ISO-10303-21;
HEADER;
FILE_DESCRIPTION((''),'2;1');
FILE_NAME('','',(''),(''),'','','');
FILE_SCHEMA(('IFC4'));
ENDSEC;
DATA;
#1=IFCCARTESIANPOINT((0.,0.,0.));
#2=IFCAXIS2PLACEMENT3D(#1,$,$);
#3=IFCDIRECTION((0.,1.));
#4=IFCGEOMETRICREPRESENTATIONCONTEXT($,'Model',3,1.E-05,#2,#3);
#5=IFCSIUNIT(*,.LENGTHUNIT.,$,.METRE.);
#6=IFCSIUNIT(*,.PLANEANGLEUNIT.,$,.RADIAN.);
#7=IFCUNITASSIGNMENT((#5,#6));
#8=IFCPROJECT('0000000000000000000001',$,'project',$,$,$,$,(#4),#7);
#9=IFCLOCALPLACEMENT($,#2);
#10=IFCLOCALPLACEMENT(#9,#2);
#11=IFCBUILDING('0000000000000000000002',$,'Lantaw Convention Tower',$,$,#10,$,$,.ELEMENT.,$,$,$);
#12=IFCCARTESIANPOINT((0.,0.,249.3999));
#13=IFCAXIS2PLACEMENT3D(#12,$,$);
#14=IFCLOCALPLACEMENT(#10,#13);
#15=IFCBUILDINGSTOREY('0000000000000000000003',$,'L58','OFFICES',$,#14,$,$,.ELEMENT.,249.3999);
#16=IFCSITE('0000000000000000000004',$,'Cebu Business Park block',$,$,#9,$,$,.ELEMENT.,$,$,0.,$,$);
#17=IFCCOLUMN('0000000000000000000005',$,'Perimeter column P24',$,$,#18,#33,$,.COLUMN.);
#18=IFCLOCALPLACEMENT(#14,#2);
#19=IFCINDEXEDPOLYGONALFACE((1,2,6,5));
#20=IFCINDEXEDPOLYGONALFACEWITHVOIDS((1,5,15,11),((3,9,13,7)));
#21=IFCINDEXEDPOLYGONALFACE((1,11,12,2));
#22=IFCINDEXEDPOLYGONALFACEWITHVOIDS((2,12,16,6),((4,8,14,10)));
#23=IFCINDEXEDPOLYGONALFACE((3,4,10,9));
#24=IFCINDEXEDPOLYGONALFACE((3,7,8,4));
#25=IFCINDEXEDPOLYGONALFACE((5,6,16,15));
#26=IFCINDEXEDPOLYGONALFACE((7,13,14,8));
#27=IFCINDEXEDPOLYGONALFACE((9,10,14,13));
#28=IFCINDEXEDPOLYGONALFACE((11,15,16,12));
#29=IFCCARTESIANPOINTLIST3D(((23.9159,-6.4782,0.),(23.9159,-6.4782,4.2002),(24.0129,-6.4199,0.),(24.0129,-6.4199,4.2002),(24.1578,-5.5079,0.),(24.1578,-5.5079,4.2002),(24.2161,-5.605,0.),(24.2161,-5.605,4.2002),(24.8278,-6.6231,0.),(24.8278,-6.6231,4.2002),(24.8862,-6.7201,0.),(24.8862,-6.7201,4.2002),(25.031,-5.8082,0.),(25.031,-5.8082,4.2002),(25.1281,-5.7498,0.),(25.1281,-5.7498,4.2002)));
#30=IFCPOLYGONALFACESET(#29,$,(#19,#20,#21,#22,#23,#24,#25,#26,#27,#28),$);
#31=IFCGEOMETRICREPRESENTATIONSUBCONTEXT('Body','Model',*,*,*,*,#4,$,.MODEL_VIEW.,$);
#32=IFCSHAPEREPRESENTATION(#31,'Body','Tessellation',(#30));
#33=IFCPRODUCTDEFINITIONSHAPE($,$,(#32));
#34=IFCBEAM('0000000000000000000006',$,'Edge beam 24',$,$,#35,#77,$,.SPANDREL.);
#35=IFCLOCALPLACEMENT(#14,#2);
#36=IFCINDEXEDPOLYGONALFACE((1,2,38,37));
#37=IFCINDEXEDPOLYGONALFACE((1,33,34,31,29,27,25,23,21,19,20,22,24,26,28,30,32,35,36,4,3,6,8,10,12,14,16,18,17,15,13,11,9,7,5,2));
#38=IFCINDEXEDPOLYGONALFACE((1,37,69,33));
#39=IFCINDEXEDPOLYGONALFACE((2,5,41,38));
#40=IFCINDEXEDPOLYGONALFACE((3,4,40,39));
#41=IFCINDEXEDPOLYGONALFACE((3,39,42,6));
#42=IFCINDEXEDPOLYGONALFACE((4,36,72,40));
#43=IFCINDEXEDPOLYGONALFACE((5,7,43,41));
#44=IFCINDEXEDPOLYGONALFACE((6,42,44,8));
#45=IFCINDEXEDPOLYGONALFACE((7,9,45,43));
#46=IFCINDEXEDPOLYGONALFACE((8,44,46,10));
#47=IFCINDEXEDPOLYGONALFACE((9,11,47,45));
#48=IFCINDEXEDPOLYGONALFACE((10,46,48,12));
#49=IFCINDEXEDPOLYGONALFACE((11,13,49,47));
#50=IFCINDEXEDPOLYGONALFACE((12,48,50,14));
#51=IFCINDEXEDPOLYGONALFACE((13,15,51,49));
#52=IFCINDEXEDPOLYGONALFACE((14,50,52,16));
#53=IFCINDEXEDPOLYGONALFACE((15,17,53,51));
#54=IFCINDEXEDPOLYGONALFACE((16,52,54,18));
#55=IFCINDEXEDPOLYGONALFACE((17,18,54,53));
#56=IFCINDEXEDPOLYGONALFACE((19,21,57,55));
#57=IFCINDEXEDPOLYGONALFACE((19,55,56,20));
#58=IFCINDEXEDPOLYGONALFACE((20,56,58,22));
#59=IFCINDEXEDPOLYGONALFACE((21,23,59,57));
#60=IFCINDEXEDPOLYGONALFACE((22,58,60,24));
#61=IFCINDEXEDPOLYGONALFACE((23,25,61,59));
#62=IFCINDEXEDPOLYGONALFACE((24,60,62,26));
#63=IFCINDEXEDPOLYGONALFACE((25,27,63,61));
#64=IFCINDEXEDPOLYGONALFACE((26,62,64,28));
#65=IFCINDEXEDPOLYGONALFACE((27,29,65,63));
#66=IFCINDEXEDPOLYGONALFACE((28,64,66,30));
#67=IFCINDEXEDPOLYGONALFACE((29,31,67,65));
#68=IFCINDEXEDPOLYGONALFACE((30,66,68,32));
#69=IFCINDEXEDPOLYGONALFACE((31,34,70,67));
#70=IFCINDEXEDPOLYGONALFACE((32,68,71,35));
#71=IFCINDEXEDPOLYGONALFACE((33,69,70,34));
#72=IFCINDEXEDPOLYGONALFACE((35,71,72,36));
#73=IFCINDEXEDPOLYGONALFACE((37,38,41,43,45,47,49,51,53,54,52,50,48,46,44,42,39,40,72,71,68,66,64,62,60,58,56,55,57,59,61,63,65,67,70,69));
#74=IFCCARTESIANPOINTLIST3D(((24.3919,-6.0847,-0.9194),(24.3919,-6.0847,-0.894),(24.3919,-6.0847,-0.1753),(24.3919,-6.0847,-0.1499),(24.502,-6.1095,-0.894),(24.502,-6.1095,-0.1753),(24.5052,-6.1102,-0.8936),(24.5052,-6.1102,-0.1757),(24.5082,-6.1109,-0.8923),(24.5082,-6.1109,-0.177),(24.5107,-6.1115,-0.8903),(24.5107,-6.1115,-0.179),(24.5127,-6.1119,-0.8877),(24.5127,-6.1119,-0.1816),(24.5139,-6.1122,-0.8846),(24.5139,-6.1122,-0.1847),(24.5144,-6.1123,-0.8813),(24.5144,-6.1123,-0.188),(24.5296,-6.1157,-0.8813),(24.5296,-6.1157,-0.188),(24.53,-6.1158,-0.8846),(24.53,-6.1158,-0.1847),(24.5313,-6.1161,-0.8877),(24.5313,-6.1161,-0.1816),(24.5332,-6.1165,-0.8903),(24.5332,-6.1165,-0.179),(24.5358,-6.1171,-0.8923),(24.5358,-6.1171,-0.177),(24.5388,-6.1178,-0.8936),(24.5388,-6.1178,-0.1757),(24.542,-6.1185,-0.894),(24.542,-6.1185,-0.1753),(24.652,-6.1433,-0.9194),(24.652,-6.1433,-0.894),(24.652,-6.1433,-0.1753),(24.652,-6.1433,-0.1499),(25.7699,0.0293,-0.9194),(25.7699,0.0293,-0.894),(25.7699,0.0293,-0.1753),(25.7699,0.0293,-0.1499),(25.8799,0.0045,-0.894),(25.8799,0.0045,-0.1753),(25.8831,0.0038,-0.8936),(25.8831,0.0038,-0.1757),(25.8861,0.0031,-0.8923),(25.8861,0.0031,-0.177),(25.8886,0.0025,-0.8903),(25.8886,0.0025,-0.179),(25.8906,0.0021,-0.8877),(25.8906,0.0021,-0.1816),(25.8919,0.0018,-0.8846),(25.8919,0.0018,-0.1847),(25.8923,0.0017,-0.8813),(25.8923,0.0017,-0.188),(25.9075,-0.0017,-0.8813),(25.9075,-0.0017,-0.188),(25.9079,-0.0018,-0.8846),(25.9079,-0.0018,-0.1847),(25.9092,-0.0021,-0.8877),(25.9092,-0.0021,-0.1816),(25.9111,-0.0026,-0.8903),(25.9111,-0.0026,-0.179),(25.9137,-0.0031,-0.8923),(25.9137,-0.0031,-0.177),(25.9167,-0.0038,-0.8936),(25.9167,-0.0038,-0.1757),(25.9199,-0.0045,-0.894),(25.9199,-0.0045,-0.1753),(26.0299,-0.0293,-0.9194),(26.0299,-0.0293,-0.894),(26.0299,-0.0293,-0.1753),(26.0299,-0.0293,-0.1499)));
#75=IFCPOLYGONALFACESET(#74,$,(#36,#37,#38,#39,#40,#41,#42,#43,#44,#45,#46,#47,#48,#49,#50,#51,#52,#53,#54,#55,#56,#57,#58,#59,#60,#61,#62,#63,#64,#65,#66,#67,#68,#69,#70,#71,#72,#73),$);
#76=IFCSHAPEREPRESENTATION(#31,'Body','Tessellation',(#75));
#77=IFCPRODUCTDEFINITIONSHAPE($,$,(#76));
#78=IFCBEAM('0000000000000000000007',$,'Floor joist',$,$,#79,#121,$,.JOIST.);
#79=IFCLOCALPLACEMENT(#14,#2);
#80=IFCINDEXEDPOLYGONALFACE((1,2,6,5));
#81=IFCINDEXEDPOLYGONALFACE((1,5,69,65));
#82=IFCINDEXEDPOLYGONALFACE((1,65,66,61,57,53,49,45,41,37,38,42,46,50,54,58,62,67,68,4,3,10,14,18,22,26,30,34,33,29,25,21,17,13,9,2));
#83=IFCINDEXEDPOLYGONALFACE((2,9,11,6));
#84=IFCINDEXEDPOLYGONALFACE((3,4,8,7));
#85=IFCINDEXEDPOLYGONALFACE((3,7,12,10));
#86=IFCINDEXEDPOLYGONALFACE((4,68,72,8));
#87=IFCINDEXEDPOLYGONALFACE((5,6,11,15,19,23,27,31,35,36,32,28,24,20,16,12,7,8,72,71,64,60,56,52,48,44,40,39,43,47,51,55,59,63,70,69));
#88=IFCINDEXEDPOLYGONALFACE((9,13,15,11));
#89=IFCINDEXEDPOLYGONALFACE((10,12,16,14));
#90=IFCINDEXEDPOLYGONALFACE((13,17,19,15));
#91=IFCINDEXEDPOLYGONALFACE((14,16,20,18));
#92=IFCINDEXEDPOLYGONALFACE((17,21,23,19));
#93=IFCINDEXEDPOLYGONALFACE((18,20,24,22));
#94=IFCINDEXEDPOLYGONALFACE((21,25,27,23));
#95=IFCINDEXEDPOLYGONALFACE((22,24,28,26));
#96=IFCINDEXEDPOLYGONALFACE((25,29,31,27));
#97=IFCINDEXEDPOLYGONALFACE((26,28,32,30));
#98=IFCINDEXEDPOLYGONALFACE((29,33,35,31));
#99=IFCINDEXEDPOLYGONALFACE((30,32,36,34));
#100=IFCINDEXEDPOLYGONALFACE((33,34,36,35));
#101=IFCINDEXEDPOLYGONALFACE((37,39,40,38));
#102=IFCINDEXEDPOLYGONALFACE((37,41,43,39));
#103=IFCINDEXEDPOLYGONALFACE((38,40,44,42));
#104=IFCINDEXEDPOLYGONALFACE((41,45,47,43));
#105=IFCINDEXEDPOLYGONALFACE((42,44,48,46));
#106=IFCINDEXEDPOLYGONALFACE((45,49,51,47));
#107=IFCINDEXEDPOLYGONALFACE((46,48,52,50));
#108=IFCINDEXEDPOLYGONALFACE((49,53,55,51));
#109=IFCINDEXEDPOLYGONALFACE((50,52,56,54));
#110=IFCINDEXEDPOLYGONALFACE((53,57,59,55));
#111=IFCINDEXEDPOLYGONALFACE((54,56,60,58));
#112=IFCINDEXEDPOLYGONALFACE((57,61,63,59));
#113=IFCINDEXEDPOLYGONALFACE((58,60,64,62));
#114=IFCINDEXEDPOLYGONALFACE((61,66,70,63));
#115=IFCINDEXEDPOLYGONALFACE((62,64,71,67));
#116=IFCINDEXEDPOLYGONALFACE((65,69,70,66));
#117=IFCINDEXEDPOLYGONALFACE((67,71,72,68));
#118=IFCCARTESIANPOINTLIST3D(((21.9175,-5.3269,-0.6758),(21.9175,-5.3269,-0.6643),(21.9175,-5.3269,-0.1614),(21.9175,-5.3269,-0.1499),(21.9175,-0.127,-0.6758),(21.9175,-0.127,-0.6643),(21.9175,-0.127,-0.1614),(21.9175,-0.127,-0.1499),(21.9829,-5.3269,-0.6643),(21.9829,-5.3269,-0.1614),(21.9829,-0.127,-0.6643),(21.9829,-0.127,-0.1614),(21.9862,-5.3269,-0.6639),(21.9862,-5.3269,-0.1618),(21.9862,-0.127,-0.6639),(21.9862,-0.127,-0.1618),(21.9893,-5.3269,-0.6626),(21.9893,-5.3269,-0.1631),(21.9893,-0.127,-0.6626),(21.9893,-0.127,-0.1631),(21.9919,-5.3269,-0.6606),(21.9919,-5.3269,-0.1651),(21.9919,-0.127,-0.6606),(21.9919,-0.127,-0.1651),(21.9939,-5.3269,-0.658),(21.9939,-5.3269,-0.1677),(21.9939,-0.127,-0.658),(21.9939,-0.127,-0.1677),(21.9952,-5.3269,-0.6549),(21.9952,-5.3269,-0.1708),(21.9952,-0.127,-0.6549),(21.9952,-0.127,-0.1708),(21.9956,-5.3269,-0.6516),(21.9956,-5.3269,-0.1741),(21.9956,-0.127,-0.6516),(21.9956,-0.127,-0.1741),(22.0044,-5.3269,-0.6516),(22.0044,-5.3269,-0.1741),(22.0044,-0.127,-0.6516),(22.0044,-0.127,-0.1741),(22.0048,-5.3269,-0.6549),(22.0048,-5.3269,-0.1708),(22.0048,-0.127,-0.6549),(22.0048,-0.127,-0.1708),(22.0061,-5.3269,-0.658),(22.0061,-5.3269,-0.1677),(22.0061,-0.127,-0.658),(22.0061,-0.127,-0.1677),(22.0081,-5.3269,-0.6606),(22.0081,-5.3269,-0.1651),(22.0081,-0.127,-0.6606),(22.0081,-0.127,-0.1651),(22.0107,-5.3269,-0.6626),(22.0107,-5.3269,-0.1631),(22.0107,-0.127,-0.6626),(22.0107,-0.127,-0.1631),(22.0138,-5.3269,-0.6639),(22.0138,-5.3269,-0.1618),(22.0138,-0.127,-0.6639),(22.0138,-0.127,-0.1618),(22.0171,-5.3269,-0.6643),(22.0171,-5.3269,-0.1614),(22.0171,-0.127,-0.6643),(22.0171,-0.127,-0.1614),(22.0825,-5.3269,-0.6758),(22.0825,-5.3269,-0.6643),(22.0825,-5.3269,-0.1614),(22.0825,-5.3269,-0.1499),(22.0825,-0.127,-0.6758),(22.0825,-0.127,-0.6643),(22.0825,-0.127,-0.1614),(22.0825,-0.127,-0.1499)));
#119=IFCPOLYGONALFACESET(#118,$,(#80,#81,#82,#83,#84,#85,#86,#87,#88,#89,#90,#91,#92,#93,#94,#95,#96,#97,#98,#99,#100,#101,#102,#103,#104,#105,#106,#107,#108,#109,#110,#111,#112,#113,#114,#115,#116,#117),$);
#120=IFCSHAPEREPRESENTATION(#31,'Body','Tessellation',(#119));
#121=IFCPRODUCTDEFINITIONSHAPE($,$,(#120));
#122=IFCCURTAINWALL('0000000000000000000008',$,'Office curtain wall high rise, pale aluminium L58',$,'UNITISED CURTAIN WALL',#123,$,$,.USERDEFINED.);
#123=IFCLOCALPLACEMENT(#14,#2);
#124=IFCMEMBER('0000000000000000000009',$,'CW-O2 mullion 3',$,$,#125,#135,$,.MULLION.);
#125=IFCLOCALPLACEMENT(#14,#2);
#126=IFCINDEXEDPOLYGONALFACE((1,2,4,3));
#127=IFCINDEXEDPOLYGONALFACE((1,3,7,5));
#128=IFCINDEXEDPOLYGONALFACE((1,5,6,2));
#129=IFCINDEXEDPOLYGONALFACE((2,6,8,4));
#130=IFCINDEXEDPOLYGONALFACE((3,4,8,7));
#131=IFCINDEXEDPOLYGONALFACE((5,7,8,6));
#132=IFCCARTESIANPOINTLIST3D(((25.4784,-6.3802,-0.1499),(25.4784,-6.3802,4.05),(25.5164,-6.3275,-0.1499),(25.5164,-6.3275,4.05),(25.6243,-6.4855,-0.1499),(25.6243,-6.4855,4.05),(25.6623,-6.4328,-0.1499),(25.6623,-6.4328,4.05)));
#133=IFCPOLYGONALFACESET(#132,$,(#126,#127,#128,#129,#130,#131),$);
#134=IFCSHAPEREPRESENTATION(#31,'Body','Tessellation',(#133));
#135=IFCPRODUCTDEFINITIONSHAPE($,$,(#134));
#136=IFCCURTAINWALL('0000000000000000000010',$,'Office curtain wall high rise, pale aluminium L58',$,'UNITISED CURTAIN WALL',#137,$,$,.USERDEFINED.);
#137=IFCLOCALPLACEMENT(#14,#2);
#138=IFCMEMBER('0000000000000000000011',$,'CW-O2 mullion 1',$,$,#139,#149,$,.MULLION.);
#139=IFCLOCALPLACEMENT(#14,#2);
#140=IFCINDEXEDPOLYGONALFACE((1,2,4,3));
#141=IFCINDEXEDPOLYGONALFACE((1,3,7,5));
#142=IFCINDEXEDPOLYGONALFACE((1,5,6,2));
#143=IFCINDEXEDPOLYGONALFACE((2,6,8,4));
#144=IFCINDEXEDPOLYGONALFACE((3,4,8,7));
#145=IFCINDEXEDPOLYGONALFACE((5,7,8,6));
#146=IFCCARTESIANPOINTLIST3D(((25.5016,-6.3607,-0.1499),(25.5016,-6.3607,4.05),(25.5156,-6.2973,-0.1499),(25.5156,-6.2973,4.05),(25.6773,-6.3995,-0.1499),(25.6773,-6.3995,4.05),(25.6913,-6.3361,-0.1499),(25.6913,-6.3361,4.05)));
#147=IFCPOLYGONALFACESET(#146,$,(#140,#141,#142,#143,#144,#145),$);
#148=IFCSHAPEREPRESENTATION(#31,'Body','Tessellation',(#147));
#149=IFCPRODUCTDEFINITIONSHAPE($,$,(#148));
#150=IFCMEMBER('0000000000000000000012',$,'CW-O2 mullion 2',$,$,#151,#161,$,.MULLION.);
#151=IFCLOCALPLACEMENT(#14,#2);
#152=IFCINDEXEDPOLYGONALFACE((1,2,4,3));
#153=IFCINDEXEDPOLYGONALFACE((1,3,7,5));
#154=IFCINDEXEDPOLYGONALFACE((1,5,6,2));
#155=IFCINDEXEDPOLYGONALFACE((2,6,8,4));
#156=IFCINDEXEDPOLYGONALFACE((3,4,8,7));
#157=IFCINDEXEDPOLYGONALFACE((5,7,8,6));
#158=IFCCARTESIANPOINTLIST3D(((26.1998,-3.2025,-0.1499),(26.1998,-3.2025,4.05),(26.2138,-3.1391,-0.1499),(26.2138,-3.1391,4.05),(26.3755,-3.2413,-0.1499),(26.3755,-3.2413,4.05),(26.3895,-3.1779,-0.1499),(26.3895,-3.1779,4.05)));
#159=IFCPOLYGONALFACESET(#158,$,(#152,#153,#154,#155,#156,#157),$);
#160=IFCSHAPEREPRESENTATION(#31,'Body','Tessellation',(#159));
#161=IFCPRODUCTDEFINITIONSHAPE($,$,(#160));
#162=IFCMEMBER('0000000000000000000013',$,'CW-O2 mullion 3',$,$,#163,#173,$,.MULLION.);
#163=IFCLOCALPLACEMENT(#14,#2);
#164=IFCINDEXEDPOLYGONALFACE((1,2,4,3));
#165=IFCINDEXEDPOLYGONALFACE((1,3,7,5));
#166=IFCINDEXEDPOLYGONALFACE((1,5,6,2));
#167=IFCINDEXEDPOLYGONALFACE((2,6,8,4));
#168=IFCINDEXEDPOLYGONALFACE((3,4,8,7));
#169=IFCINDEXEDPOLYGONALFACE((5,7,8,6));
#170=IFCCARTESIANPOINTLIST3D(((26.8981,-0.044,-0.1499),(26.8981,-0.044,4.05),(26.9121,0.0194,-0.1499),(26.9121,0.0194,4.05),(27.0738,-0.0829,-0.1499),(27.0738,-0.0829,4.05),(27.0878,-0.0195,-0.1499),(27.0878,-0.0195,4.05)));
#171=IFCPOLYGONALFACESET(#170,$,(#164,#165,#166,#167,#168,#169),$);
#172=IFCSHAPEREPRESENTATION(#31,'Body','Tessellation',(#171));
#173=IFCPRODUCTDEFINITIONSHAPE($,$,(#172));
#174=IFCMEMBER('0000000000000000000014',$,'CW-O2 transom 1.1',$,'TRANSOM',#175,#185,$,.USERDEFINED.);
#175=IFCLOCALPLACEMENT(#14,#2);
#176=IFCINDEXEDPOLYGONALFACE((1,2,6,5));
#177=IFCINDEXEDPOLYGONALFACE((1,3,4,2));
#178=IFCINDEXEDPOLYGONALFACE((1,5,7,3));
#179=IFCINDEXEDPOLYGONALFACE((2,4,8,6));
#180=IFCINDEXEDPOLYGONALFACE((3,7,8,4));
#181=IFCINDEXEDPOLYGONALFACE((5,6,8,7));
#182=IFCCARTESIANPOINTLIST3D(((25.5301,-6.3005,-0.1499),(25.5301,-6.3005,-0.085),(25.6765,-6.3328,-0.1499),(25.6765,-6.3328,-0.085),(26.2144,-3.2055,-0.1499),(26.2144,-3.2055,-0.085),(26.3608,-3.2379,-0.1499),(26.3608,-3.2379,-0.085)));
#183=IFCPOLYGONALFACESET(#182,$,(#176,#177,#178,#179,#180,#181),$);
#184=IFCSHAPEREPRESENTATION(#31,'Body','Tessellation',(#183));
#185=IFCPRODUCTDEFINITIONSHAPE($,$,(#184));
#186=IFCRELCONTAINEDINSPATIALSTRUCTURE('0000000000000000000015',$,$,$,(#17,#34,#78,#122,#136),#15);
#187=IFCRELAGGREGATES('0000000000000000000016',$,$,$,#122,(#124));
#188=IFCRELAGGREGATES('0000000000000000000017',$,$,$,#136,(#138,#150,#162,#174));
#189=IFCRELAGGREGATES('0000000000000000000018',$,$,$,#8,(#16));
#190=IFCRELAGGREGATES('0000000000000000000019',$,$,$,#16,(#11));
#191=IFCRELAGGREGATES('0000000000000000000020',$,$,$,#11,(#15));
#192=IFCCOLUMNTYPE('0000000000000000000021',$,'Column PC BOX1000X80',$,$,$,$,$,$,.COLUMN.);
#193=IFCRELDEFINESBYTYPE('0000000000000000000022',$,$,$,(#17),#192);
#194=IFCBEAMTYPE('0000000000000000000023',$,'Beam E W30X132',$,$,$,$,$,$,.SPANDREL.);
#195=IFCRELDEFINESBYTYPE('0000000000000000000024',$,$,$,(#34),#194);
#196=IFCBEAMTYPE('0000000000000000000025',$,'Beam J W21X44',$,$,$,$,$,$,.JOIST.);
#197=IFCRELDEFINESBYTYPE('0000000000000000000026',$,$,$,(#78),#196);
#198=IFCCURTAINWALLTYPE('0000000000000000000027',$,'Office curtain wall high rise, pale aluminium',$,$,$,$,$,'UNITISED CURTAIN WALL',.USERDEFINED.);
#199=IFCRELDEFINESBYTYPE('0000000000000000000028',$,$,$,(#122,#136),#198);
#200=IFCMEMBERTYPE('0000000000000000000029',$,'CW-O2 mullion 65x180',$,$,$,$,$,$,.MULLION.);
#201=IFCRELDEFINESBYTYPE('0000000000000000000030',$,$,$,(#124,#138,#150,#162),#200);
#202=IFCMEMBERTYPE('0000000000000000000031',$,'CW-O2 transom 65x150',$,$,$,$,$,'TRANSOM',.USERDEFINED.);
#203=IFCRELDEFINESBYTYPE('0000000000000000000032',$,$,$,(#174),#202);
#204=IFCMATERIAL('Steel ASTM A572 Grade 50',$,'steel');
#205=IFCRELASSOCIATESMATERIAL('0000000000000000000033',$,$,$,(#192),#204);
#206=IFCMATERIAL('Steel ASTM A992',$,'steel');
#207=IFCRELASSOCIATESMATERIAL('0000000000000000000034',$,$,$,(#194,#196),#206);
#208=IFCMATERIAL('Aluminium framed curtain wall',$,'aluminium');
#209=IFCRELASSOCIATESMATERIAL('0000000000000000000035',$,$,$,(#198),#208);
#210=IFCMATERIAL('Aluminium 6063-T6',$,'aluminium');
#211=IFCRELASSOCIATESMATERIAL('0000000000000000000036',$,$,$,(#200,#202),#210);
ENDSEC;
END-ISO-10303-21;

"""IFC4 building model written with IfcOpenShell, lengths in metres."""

from ifc_helpers import new_model, si_unit, direction, frame, origin, origin_2d, place, context, subcontext, project, spatial, rectangle, hollow_rectangle, i_section, extrude, material, material_profile, profile_set, type_object, element, aggregate, save


model = new_model("IFC4")

# Units and contexts
model_context = context("Model", 3, precision=1e-05, world=origin(), true_north=direction((0.0, 1.0)))
body_context = subcontext(model_context, "Body", "Model", "MODEL_VIEW")
ifc_project = project(units=[si_unit("LENGTHUNIT", "METRE"), si_unit("PLANEANGLEUNIT", "RADIAN")], contexts=[model_context])

# Site, building, storey
site_placement = place(None, origin())
site = spatial("IfcSite", under=ifc_project, at=site_placement, Name="Cebu Business Park block", CompositionType="ELEMENT", RefElevation=0.0)
building_placement = place(site_placement, origin())
building = spatial("IfcBuilding", under=site, at=building_placement, Name="Lantaw Convention Tower", CompositionType="ELEMENT")
storey_placement = place(building_placement, frame((0.0, 0.0, 249.3999)))
storey = spatial("IfcBuildingStorey", under=building, at=storey_placement, Name="L58", Description="OFFICES", CompositionType="ELEMENT", Elevation=249.3999)

# Column
ifc_material_1 = material(Name="Steel ASTM A572 Grade 50", Category="steel")
ifc_material_profile_1 = material_profile(ifc_material_1, hollow_rectangle(XDim=1.0, YDim=1.0, WallThickness=0.0801, at=origin_2d()), Name="BOX1000X80")
ifc_material_2 = material(Name="Concrete C60/75", Category="concrete")
ifc_material_profile_2 = material_profile(ifc_material_2, rectangle(XDim=0.8401, YDim=0.8401, at=origin_2d()), Name="Concrete fill of BOX1000X80")
ifc_profile_set_1 = profile_set([ifc_material_profile_1, ifc_material_profile_2], Name="Steel ASTM A572 Grade 50")
column_type = type_object("IfcColumnType", Name="Column PC BOX1000X80", PredefinedType="COLUMN", material=ifc_profile_set_1)
column_placement = place(storey_placement, frame((24.522, -6.114, 0.0), z_axis=(0.0, 0.0, 1.0), x_axis=(0.241922, 0.970296, 0.0)))
element("IfcColumn", 1, at=column_placement, inside=storey, type_object=column_type, Name="Perimeter column P24", PredefinedType="COLUMN", context=body_context, shape_type="SweptSolid", body=[
    extrude(hollow_rectangle(XDim=1.0, YDim=1.0, WallThickness=0.0801, at=origin_2d()), origin(), (0.0, 0.0, 1.0), 4.2002),
])

# Beams
ifc_material_3 = material(Name="Steel ASTM A992", Category="steel")
ifc_material_profile_3 = material_profile(ifc_material_3, i_section(OverallWidth=0.2666, OverallDepth=0.7695, WebThickness=0.0156, FlangeThickness=0.0254, FilletRadius=0.0127, at=origin_2d()), Name="W30X132")
ifc_profile_set_2 = profile_set([ifc_material_profile_3], Name="Steel ASTM A992")
beam_type_1 = type_object("IfcBeamType", Name="Beam E W30X132", PredefinedType="SPANDREL", material=ifc_profile_set_2)
beam_1_placement = place(storey_placement, frame((24.522, -6.114, -0.5347), z_axis=(0.219858, 0.975532, 0.0), x_axis=(-0.975532, 0.219858, 0.0)))
element("IfcBeam", 2, at=beam_1_placement, inside=storey, type_object=beam_type_1, Name="Edge beam 24", PredefinedType="SPANDREL", context=body_context, shape_type="SweptSolid", body=[
    extrude(i_section(OverallWidth=0.2666, OverallDepth=0.7695, WebThickness=0.0156, FlangeThickness=0.0254, FilletRadius=0.0127, at=origin_2d()), origin(), (0.0, 0.0, 1.0), 6.2673),
])
ifc_material_profile_4 = material_profile(ifc_material_3, i_section(OverallWidth=0.165, OverallDepth=0.5259, WebThickness=0.0088, FlangeThickness=0.0115, FilletRadius=0.0127, at=origin_2d()), Name="W21X44")
ifc_profile_set_3 = profile_set([ifc_material_profile_4], Name="Steel ASTM A992")
beam_type_2 = type_object("IfcBeamType", Name="Beam J W21X44", PredefinedType="JOIST", material=ifc_profile_set_3)
beam_2_placement = place(storey_placement, frame((22.0, -5.3269, -0.4128), z_axis=(0.0, 1.0, 0.0), x_axis=(-1.0, 0.0, 0.0)))
element("IfcBeam", 3, at=beam_2_placement, inside=storey, type_object=beam_type_2, Name="Floor joist", PredefinedType="JOIST", context=body_context, shape_type="SweptSolid", body=[
    extrude(i_section(OverallWidth=0.165, OverallDepth=0.5259, WebThickness=0.0088, FlangeThickness=0.0115, FilletRadius=0.0127, at=origin_2d()), origin(), (0.0, 0.0, 1.0), 5.2),
])

# Curtain wall, member
ifc_material_4 = material(Name="Aluminium framed curtain wall", Category="aluminium")
curtain_wall_type = type_object("IfcCurtainWallType", Name="Office curtain wall high rise, pale aluminium", ElementType="UNITISED CURTAIN WALL", PredefinedType="USERDEFINED", material=ifc_material_4)
curtain_wall_1_placement = place(storey_placement, origin())
curtain_wall_1 = element("IfcCurtainWall", 4, at=curtain_wall_1_placement, inside=storey, type_object=curtain_wall_type, Name="Office curtain wall high rise, pale aluminium L58", ObjectType="UNITISED CURTAIN WALL", PredefinedType="USERDEFINED")
ifc_material_5 = material(Name="Aluminium 6063-T6", Category="aluminium")
ifc_material_profile_5 = material_profile(ifc_material_5, rectangle(XDim=0.1799, YDim=0.0649, at=origin_2d()), Name="CW-O2 mullion 65x180")
ifc_profile_set_4 = profile_set([ifc_material_profile_5], Name="Aluminium 6063-T6")
member_type_1 = type_object("IfcMemberType", Name="CW-O2 mullion 65x180", PredefinedType="MULLION", material=ifc_profile_set_4)
member_1_placement = place(storey_placement, frame((25.5703, -6.4065, -0.1499), z_axis=(0.0, 0.0, 1.0), x_axis=(-0.81092, 0.585158, 0.0)))
member_1 = element("IfcMember", 5, at=member_1_placement, type_object=member_type_1, Name="CW-O2 mullion 3", PredefinedType="MULLION", context=body_context, shape_type="SweptSolid", body=[
    extrude(rectangle(XDim=0.1799, YDim=0.0649, at=origin_2d()), origin(), (0.0, 0.0, 1.0), 4.2),
])

# Curtain wall, members
curtain_wall_2_placement = place(storey_placement, origin())
curtain_wall_2 = element("IfcCurtainWall", 6, at=curtain_wall_2_placement, inside=storey, type_object=curtain_wall_type, Name="Office curtain wall high rise, pale aluminium L58", ObjectType="UNITISED CURTAIN WALL", PredefinedType="USERDEFINED")
member_2_placement = place(storey_placement, frame((25.5964, -6.3484, -0.1499), z_axis=(0.0, 0.0, 1.0), x_axis=(-0.976417, 0.215891, 0.0)))
member_2 = element("IfcMember", 7, at=member_2_placement, type_object=member_type_1, Name="CW-O2 mullion 1", PredefinedType="MULLION", context=body_context, shape_type="SweptSolid", body=[
    extrude(rectangle(XDim=0.1799, YDim=0.0649, at=origin_2d()), origin(), (0.0, 0.0, 1.0), 4.2),
])
member_3_placement = place(storey_placement, frame((26.2947, -3.1902, -0.1499), z_axis=(0.0, 0.0, 1.0), x_axis=(-0.976417, 0.215891, 0.0)))
member_3 = element("IfcMember", 8, at=member_3_placement, type_object=member_type_1, Name="CW-O2 mullion 2", PredefinedType="MULLION", context=body_context, shape_type="SweptSolid", body=[
    extrude(rectangle(XDim=0.1799, YDim=0.0649, at=origin_2d()), origin(), (0.0, 0.0, 1.0), 4.2),
])
member_4_placement = place(storey_placement, frame((26.9929, -0.0317, -0.1499), z_axis=(0.0, 0.0, 1.0), x_axis=(-0.976417, 0.215891, 0.0)))
member_4 = element("IfcMember", 9, at=member_4_placement, type_object=member_type_1, Name="CW-O2 mullion 3", PredefinedType="MULLION", context=body_context, shape_type="SweptSolid", body=[
    extrude(rectangle(XDim=0.1799, YDim=0.0649, at=origin_2d()), origin(), (0.0, 0.0, 1.0), 4.2),
])
ifc_material_profile_6 = material_profile(ifc_material_5, rectangle(XDim=0.1499, YDim=0.0649, at=origin_2d()), Name="CW-O2 transom 65x150")
ifc_profile_set_5 = profile_set([ifc_material_profile_6], Name="Aluminium 6063-T6")
member_type_2 = type_object("IfcMemberType", Name="CW-O2 transom 65x150", ElementType="TRANSOM", PredefinedType="USERDEFINED", material=ifc_profile_set_5)
member_5_placement = place(storey_placement, frame((25.6033, -6.3167, -0.1174), z_axis=(0.215895, 0.976417, 0.0), x_axis=(-0.976417, 0.215895, 0.0)))
member_5 = element("IfcMember", 10, at=member_5_placement, type_object=member_type_2, Name="CW-O2 transom 1.1", ObjectType="TRANSOM", PredefinedType="USERDEFINED", context=body_context, shape_type="SweptSolid", body=[
    extrude(rectangle(XDim=0.1499, YDim=0.0649, at=origin_2d()), origin(), (0.0, 0.0, 1.0), 3.1697),
])

aggregate(curtain_wall_1, [member_1])
aggregate(curtain_wall_2, [member_2, member_3, member_4, member_5])

save(model, "model.ifc")
